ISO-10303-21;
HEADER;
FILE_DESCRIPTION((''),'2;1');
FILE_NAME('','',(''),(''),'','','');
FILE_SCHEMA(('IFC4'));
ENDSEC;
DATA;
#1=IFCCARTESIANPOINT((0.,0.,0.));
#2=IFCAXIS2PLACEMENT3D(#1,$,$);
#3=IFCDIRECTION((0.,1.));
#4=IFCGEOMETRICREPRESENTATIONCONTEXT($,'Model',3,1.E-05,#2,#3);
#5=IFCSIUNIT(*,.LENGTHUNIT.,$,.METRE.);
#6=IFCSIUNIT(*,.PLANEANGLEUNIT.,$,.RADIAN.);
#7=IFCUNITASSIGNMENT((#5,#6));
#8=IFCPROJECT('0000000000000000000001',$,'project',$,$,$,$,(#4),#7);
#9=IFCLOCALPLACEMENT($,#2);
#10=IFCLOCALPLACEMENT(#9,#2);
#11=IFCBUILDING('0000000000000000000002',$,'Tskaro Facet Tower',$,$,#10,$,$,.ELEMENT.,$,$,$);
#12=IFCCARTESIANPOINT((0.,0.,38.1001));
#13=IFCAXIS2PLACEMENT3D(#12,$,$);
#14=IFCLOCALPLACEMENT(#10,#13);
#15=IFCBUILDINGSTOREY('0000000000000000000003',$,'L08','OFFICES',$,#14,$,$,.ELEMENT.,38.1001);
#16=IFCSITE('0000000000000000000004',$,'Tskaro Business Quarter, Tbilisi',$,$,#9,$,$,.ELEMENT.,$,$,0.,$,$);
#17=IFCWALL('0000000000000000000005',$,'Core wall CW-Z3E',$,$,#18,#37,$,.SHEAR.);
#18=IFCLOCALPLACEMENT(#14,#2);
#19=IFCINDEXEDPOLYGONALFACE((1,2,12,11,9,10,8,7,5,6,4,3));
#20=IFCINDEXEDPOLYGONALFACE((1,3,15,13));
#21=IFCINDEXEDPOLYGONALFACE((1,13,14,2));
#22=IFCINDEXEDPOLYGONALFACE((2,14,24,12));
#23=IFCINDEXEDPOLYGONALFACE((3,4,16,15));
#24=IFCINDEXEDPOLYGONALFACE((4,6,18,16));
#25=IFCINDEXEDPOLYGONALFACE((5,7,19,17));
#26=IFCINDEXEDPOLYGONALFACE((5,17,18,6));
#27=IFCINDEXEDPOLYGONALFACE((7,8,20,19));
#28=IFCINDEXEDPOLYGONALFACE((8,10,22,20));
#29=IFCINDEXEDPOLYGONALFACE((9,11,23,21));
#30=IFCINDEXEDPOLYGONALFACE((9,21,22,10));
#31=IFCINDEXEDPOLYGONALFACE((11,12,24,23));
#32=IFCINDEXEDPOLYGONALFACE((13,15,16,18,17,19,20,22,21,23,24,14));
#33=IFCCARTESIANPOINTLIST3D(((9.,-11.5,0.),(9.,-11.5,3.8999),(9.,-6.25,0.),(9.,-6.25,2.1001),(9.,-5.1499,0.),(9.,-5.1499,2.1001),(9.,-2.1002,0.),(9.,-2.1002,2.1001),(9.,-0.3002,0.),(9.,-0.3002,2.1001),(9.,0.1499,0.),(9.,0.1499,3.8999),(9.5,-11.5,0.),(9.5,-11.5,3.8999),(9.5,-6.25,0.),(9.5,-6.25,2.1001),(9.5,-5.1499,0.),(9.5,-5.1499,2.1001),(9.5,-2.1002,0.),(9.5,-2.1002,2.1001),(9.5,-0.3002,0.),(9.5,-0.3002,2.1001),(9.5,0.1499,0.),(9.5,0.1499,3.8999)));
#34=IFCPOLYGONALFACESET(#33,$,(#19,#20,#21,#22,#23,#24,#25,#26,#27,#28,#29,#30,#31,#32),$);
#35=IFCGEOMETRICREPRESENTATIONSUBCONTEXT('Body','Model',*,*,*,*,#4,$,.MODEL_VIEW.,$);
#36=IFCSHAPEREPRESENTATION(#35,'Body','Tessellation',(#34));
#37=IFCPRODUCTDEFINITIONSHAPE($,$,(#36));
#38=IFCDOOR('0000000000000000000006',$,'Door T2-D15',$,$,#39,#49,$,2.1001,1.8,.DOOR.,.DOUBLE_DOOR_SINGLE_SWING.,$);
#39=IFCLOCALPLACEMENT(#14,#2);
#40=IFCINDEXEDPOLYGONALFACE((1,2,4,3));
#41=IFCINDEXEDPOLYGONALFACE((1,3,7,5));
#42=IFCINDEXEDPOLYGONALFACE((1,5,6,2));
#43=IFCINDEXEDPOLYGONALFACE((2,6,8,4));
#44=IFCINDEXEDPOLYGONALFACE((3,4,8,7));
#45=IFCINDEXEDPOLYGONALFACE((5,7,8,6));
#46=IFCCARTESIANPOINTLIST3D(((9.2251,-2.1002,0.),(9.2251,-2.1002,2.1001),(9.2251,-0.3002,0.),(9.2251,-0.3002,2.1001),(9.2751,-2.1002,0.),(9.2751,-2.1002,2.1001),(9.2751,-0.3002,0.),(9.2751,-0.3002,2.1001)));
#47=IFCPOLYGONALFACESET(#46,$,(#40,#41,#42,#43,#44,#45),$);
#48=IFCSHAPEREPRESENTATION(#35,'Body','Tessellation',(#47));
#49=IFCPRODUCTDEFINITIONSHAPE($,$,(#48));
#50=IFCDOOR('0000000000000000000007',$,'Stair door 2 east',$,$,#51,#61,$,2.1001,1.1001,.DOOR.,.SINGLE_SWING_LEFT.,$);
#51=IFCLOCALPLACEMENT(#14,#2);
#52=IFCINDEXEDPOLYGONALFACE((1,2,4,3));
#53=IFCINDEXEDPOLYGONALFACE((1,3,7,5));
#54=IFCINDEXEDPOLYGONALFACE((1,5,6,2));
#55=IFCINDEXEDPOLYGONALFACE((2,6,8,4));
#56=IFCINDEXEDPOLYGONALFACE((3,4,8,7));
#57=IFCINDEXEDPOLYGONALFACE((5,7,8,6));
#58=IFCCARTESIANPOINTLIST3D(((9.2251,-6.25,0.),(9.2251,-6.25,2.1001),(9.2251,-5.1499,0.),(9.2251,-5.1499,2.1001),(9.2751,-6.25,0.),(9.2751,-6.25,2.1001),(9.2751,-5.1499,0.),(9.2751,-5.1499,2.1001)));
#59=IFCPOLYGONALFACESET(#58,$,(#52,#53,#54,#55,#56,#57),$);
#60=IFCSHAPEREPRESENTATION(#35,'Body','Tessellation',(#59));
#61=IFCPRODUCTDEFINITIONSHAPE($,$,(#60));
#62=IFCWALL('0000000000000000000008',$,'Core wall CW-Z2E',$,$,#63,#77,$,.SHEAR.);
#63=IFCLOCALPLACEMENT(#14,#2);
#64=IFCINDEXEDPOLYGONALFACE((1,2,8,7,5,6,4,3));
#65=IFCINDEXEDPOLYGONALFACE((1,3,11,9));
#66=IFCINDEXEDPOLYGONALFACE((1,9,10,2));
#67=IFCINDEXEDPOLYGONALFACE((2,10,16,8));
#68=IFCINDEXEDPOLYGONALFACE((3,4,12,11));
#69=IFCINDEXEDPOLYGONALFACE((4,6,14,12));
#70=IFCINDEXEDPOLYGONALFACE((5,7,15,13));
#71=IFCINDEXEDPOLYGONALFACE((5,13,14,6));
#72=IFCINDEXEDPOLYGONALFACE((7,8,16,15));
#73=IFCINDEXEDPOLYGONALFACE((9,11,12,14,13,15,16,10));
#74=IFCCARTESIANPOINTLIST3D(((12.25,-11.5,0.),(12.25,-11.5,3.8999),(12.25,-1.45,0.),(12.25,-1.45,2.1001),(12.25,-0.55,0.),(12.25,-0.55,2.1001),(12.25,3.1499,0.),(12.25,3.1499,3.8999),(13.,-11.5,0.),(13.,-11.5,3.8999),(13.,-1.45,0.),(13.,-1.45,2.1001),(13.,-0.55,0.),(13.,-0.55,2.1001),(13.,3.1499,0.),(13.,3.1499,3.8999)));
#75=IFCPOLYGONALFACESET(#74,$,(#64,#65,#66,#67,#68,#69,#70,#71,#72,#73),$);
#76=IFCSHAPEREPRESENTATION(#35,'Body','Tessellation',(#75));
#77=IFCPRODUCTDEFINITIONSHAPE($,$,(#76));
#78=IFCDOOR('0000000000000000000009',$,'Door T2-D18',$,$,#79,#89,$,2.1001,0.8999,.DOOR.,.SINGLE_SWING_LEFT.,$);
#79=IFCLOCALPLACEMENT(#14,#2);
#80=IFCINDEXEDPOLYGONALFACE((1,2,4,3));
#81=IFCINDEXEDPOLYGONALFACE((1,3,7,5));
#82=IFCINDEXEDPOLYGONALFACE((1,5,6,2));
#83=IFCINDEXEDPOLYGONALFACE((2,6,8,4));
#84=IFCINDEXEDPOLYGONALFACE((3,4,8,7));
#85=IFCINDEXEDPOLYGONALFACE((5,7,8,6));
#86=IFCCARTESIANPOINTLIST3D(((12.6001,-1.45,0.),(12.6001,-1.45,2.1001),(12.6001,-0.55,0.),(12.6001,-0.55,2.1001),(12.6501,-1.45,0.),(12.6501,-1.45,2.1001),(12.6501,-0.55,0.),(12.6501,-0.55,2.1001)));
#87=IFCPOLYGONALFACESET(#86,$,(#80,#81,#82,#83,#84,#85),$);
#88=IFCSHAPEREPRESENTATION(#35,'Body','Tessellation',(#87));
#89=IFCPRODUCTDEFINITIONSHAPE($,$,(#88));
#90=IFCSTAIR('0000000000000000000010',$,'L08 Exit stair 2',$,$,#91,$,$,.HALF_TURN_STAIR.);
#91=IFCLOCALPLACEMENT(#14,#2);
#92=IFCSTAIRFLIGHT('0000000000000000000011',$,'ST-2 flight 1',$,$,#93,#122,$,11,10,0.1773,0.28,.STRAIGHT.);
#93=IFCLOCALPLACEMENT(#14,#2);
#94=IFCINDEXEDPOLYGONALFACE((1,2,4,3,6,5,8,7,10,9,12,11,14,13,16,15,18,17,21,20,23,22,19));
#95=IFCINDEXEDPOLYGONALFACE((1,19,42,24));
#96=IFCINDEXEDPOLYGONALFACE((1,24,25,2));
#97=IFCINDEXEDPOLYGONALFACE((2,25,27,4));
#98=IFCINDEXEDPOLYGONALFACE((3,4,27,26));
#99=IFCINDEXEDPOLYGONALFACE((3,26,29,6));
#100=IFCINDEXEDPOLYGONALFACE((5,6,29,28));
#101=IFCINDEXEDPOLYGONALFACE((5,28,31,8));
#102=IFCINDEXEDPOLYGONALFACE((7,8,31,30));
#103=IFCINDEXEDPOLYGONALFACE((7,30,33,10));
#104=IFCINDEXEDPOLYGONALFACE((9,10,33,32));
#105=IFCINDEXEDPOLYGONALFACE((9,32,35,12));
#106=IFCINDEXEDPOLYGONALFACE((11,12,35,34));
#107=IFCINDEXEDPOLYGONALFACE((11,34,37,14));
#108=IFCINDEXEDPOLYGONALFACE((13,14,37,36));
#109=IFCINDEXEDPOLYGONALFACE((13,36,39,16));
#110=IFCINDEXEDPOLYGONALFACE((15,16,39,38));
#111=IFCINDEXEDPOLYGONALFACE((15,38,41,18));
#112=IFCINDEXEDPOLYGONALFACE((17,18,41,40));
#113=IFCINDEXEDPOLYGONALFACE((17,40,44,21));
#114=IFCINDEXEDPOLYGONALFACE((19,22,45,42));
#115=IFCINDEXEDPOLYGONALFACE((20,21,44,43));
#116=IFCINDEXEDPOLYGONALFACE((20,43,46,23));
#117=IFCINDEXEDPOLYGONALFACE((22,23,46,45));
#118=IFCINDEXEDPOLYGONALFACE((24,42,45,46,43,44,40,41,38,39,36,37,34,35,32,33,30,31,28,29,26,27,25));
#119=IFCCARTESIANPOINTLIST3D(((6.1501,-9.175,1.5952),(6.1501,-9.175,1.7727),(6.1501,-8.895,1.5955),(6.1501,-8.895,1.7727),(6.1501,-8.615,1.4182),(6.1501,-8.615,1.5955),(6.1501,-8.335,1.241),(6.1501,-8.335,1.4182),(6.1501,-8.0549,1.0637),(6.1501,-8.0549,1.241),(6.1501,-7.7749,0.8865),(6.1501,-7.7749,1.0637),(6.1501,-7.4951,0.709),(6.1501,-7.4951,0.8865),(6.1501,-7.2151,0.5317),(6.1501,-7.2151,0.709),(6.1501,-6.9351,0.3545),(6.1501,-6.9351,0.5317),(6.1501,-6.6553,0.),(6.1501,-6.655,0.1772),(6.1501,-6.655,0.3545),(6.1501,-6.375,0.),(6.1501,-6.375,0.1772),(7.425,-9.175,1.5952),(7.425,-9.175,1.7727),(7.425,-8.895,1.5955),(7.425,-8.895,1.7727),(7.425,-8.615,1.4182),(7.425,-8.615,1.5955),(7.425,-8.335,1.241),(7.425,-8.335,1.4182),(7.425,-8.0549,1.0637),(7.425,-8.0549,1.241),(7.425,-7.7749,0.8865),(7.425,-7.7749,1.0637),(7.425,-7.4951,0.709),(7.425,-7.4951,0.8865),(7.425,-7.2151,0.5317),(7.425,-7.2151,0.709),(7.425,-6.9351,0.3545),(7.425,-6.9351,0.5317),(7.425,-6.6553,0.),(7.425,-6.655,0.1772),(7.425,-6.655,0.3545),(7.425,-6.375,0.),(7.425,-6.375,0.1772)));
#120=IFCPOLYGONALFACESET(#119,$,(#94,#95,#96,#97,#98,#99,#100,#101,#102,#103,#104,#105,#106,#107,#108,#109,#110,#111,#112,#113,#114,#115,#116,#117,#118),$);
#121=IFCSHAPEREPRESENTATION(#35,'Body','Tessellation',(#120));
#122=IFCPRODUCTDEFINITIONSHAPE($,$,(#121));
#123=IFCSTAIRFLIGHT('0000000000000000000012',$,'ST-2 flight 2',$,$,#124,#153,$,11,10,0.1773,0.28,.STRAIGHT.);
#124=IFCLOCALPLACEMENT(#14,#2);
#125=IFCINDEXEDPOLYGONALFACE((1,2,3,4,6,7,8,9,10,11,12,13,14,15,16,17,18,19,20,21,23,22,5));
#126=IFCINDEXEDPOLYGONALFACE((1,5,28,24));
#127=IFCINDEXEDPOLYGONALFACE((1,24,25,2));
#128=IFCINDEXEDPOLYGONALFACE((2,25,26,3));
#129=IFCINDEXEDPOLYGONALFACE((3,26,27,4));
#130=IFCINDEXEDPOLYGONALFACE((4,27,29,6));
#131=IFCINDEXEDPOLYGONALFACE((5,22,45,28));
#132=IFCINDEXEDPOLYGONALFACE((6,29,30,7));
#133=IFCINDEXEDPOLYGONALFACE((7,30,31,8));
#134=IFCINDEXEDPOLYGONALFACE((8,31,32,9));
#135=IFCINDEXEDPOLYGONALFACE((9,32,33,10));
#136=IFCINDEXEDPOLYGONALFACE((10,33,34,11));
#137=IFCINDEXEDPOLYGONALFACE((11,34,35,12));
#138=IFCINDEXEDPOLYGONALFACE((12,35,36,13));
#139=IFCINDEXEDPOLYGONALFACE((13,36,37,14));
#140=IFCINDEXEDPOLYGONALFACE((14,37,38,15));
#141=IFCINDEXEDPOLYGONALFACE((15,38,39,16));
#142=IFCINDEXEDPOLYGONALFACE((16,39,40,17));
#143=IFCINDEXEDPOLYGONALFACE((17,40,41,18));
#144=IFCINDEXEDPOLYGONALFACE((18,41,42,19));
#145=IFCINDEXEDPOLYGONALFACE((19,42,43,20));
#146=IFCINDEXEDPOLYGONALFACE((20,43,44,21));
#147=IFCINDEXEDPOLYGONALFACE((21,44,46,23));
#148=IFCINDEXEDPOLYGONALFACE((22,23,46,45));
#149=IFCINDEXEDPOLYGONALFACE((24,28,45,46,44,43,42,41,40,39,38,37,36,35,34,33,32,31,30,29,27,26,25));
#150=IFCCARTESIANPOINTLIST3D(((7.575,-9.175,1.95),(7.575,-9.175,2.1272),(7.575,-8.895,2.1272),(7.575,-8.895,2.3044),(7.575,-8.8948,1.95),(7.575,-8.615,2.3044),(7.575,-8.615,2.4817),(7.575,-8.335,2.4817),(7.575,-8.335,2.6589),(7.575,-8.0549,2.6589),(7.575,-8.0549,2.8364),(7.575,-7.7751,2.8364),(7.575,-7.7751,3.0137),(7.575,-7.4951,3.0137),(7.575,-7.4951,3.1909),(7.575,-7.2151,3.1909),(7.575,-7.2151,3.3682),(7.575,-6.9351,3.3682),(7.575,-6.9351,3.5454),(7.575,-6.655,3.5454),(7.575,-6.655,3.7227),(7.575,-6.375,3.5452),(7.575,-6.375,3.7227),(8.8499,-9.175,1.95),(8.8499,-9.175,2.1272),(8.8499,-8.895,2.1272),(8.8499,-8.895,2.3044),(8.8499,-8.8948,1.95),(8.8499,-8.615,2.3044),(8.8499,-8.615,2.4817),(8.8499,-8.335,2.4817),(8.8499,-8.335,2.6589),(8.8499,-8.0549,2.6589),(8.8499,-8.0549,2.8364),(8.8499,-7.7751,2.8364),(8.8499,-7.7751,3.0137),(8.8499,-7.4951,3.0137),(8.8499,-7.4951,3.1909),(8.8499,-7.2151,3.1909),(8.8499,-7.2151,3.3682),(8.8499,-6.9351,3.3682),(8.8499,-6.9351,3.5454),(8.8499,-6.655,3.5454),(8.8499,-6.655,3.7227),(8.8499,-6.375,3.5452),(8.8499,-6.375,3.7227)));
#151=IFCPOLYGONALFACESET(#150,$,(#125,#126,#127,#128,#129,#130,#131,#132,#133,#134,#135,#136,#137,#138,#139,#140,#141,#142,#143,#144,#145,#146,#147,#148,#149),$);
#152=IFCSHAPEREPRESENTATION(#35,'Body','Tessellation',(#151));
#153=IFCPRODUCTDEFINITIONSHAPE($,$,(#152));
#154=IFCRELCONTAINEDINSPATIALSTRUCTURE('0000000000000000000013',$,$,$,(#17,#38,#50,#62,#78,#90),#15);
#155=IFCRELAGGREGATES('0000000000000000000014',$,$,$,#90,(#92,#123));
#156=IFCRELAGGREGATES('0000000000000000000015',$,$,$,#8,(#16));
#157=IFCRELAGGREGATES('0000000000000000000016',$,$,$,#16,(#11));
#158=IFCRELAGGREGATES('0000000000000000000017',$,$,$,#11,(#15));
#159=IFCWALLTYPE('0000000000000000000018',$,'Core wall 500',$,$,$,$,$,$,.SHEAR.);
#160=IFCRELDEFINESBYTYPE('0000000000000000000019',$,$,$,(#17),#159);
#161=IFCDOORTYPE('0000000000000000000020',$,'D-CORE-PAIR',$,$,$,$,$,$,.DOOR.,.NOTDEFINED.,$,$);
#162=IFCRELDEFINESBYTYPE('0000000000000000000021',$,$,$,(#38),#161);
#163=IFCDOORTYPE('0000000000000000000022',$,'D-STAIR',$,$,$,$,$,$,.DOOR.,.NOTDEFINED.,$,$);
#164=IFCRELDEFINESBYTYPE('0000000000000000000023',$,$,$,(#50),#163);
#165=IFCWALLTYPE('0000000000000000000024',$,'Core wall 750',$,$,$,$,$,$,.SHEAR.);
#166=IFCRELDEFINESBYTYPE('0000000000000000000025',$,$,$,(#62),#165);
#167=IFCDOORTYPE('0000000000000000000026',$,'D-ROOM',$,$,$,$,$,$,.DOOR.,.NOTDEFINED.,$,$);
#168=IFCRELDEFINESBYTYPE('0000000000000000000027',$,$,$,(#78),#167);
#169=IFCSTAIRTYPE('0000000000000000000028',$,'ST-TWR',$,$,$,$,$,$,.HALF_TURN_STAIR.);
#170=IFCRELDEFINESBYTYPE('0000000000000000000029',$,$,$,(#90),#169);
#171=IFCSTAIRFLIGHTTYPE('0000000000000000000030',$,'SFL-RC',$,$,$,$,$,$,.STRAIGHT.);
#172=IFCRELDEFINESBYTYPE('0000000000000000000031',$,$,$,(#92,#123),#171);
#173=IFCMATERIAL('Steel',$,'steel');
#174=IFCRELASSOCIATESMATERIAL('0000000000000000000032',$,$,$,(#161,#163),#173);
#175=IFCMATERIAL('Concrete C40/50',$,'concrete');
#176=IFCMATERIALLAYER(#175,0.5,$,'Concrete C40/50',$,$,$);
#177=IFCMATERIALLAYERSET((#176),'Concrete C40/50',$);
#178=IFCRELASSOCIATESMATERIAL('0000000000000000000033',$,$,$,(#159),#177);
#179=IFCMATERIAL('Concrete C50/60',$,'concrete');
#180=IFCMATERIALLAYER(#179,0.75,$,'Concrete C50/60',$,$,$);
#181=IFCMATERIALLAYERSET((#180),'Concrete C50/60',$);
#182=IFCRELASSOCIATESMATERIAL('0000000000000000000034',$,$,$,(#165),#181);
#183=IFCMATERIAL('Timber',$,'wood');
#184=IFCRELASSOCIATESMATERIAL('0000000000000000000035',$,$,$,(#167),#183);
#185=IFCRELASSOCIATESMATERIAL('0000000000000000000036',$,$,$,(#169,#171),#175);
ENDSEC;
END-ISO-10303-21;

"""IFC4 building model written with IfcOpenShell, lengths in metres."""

from ifc_helpers import new_model, si_unit, direction, frame, frame_2d, origin, place, context, subcontext, project, spatial, polyline, rectangle, outline, extrude, material, layer, layer_set, type_object, element, fill, aggregate, save


model = new_model("IFC4")

# Units and contexts
model_context = context("Model", 3, precision=1e-05, world=origin(), true_north=direction((0.0, 1.0)))
body_context = subcontext(model_context, "Body", "Model", "MODEL_VIEW")
ifc_project = project(units=[si_unit("LENGTHUNIT", "METRE"), si_unit("PLANEANGLEUNIT", "RADIAN")], contexts=[model_context])

# Site, building, storey
site_placement = place(None, origin())
site = spatial("IfcSite", under=ifc_project, at=site_placement, Name="Tskaro Business Quarter, Tbilisi", CompositionType="ELEMENT", RefElevation=0.0)
building_placement = place(site_placement, origin())
building = spatial("IfcBuilding", under=site, at=building_placement, Name="Tskaro Facet Tower", CompositionType="ELEMENT")
storey_placement = place(building_placement, frame((0.0, 0.0, 38.1001)))
storey = spatial("IfcBuildingStorey", under=building, at=storey_placement, Name="L08", Description="OFFICES", CompositionType="ELEMENT", Elevation=38.1001)

# Shared definitions
ifc_material_1 = material(Name="Steel", Category="steel")
door_type_1 = type_object("IfcDoorType", Name="D-CORE-PAIR", OperationType="NOTDEFINED", PredefinedType="DOOR", material=ifc_material_1)

# Wall, openings, doors
ifc_material_2 = material(Name="Concrete C40/50", Category="concrete")
ifc_layer_1 = layer(ifc_material_2, 0.5, Name="Concrete C40/50")
ifc_layer_set_1 = layer_set([ifc_layer_1], Name="Concrete C40/50")
wall_type_1 = type_object("IfcWallType", Name="Core wall 500", PredefinedType="SHEAR", material=ifc_layer_set_1)
wall_1_placement = place(storey_placement, frame((9.25, -11.5, 0.0), z_axis=(0.0, 0.0, 1.0), x_axis=(0.0, 1.0, 0.0)))
wall_1 = element("IfcWall", 1, at=wall_1_placement, inside=storey, type_object=wall_type_1, Name="Core wall CW-Z3E", PredefinedType="SHEAR", context=body_context, shape_type="SweptSolid", body=[
    extrude(rectangle(XDim=11.6499, YDim=0.5, at=frame_2d((5.825, 0.0))), origin(), (0.0, 0.0, 1.0), 3.8999),
])
opening_1_placement = place(wall_1_placement, frame((9.3999, 0.0, 0.0)))
opening_1 = element("IfcOpeningElement", 2, at=opening_1_placement, cuts=wall_1, PredefinedType="OPENING", context=body_context, shape_type="SweptSolid", body=[
    extrude(rectangle(XDim=1.8, YDim=2.1001, at=frame_2d((0.8999, 1.05))), frame((0.0, 0.26, 0.0), z_axis=(0.0, -1.0, 0.0), x_axis=(1.0, 0.0, 0.0)), (0.0, 0.0, 1.0), 0.52),
])
opening_2_placement = place(wall_1_placement, frame((5.25, 0.0, 0.0)))
opening_2 = element("IfcOpeningElement", 3, at=opening_2_placement, cuts=wall_1, PredefinedType="OPENING", context=body_context, shape_type="SweptSolid", body=[
    extrude(rectangle(XDim=1.1001, YDim=2.1001, at=frame_2d((0.55, 1.05))), frame((0.0, 0.26, 0.0), z_axis=(0.0, -1.0, 0.0), x_axis=(1.0, 0.0, 0.0)), (0.0, 0.0, 1.0), 0.52),
])
door_1_placement = place(opening_1_placement, origin())
door_1 = element("IfcDoor", 4, at=door_1_placement, inside=storey, type_object=door_type_1, Name="Door T2-D15", OperationType="DOUBLE_DOOR_SINGLE_SWING", OverallHeight=2.1001, OverallWidth=1.8, PredefinedType="DOOR", context=body_context, shape_type="SweptSolid", body=[
    extrude(rectangle(XDim=1.8, YDim=2.1001, at=frame_2d((0.8999, 1.05))), frame((0.0, 0.0249, 0.0), z_axis=(0.0, -1.0, 0.0), x_axis=(1.0, 0.0, 0.0)), (0.0, 0.0, 1.0), 0.05),
])
fill(opening_1, door_1)
door_type_2 = type_object("IfcDoorType", Name="D-STAIR", OperationType="NOTDEFINED", PredefinedType="DOOR", material=ifc_material_1)
door_2_placement = place(opening_2_placement, origin())
door_2 = element("IfcDoor", 5, at=door_2_placement, inside=storey, type_object=door_type_2, Name="Stair door 2 east", OperationType="SINGLE_SWING_LEFT", OverallHeight=2.1001, OverallWidth=1.1001, PredefinedType="DOOR", context=body_context, shape_type="SweptSolid", body=[
    extrude(rectangle(XDim=1.1001, YDim=2.1001, at=frame_2d((0.55, 1.05))), frame((0.0, 0.0249, 0.0), z_axis=(0.0, -1.0, 0.0), x_axis=(1.0, 0.0, 0.0)), (0.0, 0.0, 1.0), 0.05),
])
fill(opening_2, door_2)

# Wall, opening, door
ifc_material_3 = material(Name="Concrete C50/60", Category="concrete")
ifc_layer_2 = layer(ifc_material_3, 0.75, Name="Concrete C50/60")
ifc_layer_set_2 = layer_set([ifc_layer_2], Name="Concrete C50/60")
wall_type_2 = type_object("IfcWallType", Name="Core wall 750", PredefinedType="SHEAR", material=ifc_layer_set_2)
wall_2_placement = place(storey_placement, frame((12.625, -11.5, 0.0), z_axis=(0.0, 0.0, 1.0), x_axis=(0.0, 1.0, 0.0)))
wall_2 = element("IfcWall", 6, at=wall_2_placement, inside=storey, type_object=wall_type_2, Name="Core wall CW-Z2E", PredefinedType="SHEAR", context=body_context, shape_type="SweptSolid", body=[
    extrude(rectangle(XDim=14.6499, YDim=0.75, at=frame_2d((7.325, 0.0))), origin(), (0.0, 0.0, 1.0), 3.8999),
])
opening_3_placement = place(wall_2_placement, frame((10.05, 0.0, 0.0)))
opening_3 = element("IfcOpeningElement", 7, at=opening_3_placement, cuts=wall_2, PredefinedType="OPENING", context=body_context, shape_type="SweptSolid", body=[
    extrude(rectangle(XDim=0.8999, YDim=2.1001, at=frame_2d((0.45, 1.05))), frame((0.0, 0.385, 0.0), z_axis=(0.0, -1.0, 0.0), x_axis=(1.0, 0.0, 0.0)), (0.0, 0.0, 1.0), 0.77),
])
ifc_material_4 = material(Name="Timber", Category="wood")
door_type_3 = type_object("IfcDoorType", Name="D-ROOM", OperationType="NOTDEFINED", PredefinedType="DOOR", material=ifc_material_4)
door_3_placement = place(opening_3_placement, origin())
door_3 = element("IfcDoor", 8, at=door_3_placement, inside=storey, type_object=door_type_3, Name="Door T2-D18", OperationType="SINGLE_SWING_LEFT", OverallHeight=2.1001, OverallWidth=0.8999, PredefinedType="DOOR", context=body_context, shape_type="SweptSolid", body=[
    extrude(rectangle(XDim=0.8999, YDim=2.1001, at=frame_2d((0.45, 1.05))), frame((0.0, 0.0249, 0.0), z_axis=(0.0, -1.0, 0.0), x_axis=(1.0, 0.0, 0.0)), (0.0, 0.0, 1.0), 0.05),
])
fill(opening_3, door_3)

# Stair, stair flights
stair_type = type_object("IfcStairType", Name="ST-TWR", PredefinedType="HALF_TURN_STAIR", material=ifc_material_2)
stair_placement = place(storey_placement, origin())
stair = element("IfcStair", 9, at=stair_placement, inside=storey, type_object=stair_type, Name="L08 Exit stair 2", PredefinedType="HALF_TURN_STAIR")
stair_flight_type = type_object("IfcStairFlightType", Name="SFL-RC", PredefinedType="STRAIGHT", material=ifc_material_2)
stair_flight_1_placement = place(storey_placement, frame((6.7876, -6.375, 0.0), z_axis=(0.0, 0.0, 1.0), x_axis=(0.0, -1.0, 0.0)))
stair_flight_1 = element("IfcStairFlight", 10, at=stair_flight_1_placement, type_object=stair_flight_type, Name="ST-2 flight 1", NumberOfRisers=11, NumberOfTreads=10, PredefinedType="STRAIGHT", RiserHeight=0.1773, TreadLength=0.28, context=body_context, shape_type="SweptSolid", body=[
    extrude(outline(polyline([(0.0, 0.0), (0.0, 0.1772), (0.28, 0.1772), (0.28, 0.3545), (0.5601, 0.3545), (0.5601, 0.5317), (0.8401, 0.5317), (0.8401, 0.709), (1.1201, 0.709), (1.1201, 0.8865), (1.3999, 0.8865), (1.3999, 1.0637), (1.6799, 1.0637), (1.6799, 1.241), (1.96, 1.241), (1.96, 1.4182), (2.24, 1.4182), (2.24, 1.5955), (2.52, 1.5955), (2.52, 1.7727), (2.8, 1.7727), (2.8, 1.95), (2.8, 1.5952), (0.2803, 0.0), (0.0, 0.0)])), frame((0.0, 0.6375, 0.0), z_axis=(0.0, -1.0, 0.0), x_axis=(1.0, 0.0, 0.0)), (0.0, 0.0, 1.0), 1.2749),
])
stair_flight_2_placement = place(storey_placement, frame((8.2124, -9.175, 1.95), z_axis=(0.0, 0.0, 1.0), x_axis=(0.0, 1.0, 0.0)))
stair_flight_2 = element("IfcStairFlight", 11, at=stair_flight_2_placement, type_object=stair_flight_type, Name="ST-2 flight 2", NumberOfRisers=11, NumberOfTreads=10, PredefinedType="STRAIGHT", RiserHeight=0.1773, TreadLength=0.28, context=body_context, shape_type="SweptSolid", body=[
    extrude(outline(polyline([(0.0, 0.0), (0.0, 0.1772), (0.28, 0.1772), (0.28, 0.3545), (0.5601, 0.3545), (0.5601, 0.5317), (0.8401, 0.5317), (0.8401, 0.709), (1.1201, 0.709), (1.1201, 0.8865), (1.3999, 0.8865), (1.3999, 1.0637), (1.6799, 1.0637), (1.6799, 1.241), (1.96, 1.241), (1.96, 1.4182), (2.24, 1.4182), (2.24, 1.5955), (2.52, 1.5955), (2.52, 1.7727), (2.8, 1.7727), (2.8, 1.95), (2.8, 1.5952), (0.2803, 0.0), (0.0, 0.0)])), frame((0.0, 0.6375, 0.0), z_axis=(0.0, -1.0, 0.0), x_axis=(1.0, 0.0, 0.0)), (0.0, 0.0, 1.0), 1.2749),
])
aggregate(stair, [stair_flight_1, stair_flight_2])

save(model, "model.ifc")
